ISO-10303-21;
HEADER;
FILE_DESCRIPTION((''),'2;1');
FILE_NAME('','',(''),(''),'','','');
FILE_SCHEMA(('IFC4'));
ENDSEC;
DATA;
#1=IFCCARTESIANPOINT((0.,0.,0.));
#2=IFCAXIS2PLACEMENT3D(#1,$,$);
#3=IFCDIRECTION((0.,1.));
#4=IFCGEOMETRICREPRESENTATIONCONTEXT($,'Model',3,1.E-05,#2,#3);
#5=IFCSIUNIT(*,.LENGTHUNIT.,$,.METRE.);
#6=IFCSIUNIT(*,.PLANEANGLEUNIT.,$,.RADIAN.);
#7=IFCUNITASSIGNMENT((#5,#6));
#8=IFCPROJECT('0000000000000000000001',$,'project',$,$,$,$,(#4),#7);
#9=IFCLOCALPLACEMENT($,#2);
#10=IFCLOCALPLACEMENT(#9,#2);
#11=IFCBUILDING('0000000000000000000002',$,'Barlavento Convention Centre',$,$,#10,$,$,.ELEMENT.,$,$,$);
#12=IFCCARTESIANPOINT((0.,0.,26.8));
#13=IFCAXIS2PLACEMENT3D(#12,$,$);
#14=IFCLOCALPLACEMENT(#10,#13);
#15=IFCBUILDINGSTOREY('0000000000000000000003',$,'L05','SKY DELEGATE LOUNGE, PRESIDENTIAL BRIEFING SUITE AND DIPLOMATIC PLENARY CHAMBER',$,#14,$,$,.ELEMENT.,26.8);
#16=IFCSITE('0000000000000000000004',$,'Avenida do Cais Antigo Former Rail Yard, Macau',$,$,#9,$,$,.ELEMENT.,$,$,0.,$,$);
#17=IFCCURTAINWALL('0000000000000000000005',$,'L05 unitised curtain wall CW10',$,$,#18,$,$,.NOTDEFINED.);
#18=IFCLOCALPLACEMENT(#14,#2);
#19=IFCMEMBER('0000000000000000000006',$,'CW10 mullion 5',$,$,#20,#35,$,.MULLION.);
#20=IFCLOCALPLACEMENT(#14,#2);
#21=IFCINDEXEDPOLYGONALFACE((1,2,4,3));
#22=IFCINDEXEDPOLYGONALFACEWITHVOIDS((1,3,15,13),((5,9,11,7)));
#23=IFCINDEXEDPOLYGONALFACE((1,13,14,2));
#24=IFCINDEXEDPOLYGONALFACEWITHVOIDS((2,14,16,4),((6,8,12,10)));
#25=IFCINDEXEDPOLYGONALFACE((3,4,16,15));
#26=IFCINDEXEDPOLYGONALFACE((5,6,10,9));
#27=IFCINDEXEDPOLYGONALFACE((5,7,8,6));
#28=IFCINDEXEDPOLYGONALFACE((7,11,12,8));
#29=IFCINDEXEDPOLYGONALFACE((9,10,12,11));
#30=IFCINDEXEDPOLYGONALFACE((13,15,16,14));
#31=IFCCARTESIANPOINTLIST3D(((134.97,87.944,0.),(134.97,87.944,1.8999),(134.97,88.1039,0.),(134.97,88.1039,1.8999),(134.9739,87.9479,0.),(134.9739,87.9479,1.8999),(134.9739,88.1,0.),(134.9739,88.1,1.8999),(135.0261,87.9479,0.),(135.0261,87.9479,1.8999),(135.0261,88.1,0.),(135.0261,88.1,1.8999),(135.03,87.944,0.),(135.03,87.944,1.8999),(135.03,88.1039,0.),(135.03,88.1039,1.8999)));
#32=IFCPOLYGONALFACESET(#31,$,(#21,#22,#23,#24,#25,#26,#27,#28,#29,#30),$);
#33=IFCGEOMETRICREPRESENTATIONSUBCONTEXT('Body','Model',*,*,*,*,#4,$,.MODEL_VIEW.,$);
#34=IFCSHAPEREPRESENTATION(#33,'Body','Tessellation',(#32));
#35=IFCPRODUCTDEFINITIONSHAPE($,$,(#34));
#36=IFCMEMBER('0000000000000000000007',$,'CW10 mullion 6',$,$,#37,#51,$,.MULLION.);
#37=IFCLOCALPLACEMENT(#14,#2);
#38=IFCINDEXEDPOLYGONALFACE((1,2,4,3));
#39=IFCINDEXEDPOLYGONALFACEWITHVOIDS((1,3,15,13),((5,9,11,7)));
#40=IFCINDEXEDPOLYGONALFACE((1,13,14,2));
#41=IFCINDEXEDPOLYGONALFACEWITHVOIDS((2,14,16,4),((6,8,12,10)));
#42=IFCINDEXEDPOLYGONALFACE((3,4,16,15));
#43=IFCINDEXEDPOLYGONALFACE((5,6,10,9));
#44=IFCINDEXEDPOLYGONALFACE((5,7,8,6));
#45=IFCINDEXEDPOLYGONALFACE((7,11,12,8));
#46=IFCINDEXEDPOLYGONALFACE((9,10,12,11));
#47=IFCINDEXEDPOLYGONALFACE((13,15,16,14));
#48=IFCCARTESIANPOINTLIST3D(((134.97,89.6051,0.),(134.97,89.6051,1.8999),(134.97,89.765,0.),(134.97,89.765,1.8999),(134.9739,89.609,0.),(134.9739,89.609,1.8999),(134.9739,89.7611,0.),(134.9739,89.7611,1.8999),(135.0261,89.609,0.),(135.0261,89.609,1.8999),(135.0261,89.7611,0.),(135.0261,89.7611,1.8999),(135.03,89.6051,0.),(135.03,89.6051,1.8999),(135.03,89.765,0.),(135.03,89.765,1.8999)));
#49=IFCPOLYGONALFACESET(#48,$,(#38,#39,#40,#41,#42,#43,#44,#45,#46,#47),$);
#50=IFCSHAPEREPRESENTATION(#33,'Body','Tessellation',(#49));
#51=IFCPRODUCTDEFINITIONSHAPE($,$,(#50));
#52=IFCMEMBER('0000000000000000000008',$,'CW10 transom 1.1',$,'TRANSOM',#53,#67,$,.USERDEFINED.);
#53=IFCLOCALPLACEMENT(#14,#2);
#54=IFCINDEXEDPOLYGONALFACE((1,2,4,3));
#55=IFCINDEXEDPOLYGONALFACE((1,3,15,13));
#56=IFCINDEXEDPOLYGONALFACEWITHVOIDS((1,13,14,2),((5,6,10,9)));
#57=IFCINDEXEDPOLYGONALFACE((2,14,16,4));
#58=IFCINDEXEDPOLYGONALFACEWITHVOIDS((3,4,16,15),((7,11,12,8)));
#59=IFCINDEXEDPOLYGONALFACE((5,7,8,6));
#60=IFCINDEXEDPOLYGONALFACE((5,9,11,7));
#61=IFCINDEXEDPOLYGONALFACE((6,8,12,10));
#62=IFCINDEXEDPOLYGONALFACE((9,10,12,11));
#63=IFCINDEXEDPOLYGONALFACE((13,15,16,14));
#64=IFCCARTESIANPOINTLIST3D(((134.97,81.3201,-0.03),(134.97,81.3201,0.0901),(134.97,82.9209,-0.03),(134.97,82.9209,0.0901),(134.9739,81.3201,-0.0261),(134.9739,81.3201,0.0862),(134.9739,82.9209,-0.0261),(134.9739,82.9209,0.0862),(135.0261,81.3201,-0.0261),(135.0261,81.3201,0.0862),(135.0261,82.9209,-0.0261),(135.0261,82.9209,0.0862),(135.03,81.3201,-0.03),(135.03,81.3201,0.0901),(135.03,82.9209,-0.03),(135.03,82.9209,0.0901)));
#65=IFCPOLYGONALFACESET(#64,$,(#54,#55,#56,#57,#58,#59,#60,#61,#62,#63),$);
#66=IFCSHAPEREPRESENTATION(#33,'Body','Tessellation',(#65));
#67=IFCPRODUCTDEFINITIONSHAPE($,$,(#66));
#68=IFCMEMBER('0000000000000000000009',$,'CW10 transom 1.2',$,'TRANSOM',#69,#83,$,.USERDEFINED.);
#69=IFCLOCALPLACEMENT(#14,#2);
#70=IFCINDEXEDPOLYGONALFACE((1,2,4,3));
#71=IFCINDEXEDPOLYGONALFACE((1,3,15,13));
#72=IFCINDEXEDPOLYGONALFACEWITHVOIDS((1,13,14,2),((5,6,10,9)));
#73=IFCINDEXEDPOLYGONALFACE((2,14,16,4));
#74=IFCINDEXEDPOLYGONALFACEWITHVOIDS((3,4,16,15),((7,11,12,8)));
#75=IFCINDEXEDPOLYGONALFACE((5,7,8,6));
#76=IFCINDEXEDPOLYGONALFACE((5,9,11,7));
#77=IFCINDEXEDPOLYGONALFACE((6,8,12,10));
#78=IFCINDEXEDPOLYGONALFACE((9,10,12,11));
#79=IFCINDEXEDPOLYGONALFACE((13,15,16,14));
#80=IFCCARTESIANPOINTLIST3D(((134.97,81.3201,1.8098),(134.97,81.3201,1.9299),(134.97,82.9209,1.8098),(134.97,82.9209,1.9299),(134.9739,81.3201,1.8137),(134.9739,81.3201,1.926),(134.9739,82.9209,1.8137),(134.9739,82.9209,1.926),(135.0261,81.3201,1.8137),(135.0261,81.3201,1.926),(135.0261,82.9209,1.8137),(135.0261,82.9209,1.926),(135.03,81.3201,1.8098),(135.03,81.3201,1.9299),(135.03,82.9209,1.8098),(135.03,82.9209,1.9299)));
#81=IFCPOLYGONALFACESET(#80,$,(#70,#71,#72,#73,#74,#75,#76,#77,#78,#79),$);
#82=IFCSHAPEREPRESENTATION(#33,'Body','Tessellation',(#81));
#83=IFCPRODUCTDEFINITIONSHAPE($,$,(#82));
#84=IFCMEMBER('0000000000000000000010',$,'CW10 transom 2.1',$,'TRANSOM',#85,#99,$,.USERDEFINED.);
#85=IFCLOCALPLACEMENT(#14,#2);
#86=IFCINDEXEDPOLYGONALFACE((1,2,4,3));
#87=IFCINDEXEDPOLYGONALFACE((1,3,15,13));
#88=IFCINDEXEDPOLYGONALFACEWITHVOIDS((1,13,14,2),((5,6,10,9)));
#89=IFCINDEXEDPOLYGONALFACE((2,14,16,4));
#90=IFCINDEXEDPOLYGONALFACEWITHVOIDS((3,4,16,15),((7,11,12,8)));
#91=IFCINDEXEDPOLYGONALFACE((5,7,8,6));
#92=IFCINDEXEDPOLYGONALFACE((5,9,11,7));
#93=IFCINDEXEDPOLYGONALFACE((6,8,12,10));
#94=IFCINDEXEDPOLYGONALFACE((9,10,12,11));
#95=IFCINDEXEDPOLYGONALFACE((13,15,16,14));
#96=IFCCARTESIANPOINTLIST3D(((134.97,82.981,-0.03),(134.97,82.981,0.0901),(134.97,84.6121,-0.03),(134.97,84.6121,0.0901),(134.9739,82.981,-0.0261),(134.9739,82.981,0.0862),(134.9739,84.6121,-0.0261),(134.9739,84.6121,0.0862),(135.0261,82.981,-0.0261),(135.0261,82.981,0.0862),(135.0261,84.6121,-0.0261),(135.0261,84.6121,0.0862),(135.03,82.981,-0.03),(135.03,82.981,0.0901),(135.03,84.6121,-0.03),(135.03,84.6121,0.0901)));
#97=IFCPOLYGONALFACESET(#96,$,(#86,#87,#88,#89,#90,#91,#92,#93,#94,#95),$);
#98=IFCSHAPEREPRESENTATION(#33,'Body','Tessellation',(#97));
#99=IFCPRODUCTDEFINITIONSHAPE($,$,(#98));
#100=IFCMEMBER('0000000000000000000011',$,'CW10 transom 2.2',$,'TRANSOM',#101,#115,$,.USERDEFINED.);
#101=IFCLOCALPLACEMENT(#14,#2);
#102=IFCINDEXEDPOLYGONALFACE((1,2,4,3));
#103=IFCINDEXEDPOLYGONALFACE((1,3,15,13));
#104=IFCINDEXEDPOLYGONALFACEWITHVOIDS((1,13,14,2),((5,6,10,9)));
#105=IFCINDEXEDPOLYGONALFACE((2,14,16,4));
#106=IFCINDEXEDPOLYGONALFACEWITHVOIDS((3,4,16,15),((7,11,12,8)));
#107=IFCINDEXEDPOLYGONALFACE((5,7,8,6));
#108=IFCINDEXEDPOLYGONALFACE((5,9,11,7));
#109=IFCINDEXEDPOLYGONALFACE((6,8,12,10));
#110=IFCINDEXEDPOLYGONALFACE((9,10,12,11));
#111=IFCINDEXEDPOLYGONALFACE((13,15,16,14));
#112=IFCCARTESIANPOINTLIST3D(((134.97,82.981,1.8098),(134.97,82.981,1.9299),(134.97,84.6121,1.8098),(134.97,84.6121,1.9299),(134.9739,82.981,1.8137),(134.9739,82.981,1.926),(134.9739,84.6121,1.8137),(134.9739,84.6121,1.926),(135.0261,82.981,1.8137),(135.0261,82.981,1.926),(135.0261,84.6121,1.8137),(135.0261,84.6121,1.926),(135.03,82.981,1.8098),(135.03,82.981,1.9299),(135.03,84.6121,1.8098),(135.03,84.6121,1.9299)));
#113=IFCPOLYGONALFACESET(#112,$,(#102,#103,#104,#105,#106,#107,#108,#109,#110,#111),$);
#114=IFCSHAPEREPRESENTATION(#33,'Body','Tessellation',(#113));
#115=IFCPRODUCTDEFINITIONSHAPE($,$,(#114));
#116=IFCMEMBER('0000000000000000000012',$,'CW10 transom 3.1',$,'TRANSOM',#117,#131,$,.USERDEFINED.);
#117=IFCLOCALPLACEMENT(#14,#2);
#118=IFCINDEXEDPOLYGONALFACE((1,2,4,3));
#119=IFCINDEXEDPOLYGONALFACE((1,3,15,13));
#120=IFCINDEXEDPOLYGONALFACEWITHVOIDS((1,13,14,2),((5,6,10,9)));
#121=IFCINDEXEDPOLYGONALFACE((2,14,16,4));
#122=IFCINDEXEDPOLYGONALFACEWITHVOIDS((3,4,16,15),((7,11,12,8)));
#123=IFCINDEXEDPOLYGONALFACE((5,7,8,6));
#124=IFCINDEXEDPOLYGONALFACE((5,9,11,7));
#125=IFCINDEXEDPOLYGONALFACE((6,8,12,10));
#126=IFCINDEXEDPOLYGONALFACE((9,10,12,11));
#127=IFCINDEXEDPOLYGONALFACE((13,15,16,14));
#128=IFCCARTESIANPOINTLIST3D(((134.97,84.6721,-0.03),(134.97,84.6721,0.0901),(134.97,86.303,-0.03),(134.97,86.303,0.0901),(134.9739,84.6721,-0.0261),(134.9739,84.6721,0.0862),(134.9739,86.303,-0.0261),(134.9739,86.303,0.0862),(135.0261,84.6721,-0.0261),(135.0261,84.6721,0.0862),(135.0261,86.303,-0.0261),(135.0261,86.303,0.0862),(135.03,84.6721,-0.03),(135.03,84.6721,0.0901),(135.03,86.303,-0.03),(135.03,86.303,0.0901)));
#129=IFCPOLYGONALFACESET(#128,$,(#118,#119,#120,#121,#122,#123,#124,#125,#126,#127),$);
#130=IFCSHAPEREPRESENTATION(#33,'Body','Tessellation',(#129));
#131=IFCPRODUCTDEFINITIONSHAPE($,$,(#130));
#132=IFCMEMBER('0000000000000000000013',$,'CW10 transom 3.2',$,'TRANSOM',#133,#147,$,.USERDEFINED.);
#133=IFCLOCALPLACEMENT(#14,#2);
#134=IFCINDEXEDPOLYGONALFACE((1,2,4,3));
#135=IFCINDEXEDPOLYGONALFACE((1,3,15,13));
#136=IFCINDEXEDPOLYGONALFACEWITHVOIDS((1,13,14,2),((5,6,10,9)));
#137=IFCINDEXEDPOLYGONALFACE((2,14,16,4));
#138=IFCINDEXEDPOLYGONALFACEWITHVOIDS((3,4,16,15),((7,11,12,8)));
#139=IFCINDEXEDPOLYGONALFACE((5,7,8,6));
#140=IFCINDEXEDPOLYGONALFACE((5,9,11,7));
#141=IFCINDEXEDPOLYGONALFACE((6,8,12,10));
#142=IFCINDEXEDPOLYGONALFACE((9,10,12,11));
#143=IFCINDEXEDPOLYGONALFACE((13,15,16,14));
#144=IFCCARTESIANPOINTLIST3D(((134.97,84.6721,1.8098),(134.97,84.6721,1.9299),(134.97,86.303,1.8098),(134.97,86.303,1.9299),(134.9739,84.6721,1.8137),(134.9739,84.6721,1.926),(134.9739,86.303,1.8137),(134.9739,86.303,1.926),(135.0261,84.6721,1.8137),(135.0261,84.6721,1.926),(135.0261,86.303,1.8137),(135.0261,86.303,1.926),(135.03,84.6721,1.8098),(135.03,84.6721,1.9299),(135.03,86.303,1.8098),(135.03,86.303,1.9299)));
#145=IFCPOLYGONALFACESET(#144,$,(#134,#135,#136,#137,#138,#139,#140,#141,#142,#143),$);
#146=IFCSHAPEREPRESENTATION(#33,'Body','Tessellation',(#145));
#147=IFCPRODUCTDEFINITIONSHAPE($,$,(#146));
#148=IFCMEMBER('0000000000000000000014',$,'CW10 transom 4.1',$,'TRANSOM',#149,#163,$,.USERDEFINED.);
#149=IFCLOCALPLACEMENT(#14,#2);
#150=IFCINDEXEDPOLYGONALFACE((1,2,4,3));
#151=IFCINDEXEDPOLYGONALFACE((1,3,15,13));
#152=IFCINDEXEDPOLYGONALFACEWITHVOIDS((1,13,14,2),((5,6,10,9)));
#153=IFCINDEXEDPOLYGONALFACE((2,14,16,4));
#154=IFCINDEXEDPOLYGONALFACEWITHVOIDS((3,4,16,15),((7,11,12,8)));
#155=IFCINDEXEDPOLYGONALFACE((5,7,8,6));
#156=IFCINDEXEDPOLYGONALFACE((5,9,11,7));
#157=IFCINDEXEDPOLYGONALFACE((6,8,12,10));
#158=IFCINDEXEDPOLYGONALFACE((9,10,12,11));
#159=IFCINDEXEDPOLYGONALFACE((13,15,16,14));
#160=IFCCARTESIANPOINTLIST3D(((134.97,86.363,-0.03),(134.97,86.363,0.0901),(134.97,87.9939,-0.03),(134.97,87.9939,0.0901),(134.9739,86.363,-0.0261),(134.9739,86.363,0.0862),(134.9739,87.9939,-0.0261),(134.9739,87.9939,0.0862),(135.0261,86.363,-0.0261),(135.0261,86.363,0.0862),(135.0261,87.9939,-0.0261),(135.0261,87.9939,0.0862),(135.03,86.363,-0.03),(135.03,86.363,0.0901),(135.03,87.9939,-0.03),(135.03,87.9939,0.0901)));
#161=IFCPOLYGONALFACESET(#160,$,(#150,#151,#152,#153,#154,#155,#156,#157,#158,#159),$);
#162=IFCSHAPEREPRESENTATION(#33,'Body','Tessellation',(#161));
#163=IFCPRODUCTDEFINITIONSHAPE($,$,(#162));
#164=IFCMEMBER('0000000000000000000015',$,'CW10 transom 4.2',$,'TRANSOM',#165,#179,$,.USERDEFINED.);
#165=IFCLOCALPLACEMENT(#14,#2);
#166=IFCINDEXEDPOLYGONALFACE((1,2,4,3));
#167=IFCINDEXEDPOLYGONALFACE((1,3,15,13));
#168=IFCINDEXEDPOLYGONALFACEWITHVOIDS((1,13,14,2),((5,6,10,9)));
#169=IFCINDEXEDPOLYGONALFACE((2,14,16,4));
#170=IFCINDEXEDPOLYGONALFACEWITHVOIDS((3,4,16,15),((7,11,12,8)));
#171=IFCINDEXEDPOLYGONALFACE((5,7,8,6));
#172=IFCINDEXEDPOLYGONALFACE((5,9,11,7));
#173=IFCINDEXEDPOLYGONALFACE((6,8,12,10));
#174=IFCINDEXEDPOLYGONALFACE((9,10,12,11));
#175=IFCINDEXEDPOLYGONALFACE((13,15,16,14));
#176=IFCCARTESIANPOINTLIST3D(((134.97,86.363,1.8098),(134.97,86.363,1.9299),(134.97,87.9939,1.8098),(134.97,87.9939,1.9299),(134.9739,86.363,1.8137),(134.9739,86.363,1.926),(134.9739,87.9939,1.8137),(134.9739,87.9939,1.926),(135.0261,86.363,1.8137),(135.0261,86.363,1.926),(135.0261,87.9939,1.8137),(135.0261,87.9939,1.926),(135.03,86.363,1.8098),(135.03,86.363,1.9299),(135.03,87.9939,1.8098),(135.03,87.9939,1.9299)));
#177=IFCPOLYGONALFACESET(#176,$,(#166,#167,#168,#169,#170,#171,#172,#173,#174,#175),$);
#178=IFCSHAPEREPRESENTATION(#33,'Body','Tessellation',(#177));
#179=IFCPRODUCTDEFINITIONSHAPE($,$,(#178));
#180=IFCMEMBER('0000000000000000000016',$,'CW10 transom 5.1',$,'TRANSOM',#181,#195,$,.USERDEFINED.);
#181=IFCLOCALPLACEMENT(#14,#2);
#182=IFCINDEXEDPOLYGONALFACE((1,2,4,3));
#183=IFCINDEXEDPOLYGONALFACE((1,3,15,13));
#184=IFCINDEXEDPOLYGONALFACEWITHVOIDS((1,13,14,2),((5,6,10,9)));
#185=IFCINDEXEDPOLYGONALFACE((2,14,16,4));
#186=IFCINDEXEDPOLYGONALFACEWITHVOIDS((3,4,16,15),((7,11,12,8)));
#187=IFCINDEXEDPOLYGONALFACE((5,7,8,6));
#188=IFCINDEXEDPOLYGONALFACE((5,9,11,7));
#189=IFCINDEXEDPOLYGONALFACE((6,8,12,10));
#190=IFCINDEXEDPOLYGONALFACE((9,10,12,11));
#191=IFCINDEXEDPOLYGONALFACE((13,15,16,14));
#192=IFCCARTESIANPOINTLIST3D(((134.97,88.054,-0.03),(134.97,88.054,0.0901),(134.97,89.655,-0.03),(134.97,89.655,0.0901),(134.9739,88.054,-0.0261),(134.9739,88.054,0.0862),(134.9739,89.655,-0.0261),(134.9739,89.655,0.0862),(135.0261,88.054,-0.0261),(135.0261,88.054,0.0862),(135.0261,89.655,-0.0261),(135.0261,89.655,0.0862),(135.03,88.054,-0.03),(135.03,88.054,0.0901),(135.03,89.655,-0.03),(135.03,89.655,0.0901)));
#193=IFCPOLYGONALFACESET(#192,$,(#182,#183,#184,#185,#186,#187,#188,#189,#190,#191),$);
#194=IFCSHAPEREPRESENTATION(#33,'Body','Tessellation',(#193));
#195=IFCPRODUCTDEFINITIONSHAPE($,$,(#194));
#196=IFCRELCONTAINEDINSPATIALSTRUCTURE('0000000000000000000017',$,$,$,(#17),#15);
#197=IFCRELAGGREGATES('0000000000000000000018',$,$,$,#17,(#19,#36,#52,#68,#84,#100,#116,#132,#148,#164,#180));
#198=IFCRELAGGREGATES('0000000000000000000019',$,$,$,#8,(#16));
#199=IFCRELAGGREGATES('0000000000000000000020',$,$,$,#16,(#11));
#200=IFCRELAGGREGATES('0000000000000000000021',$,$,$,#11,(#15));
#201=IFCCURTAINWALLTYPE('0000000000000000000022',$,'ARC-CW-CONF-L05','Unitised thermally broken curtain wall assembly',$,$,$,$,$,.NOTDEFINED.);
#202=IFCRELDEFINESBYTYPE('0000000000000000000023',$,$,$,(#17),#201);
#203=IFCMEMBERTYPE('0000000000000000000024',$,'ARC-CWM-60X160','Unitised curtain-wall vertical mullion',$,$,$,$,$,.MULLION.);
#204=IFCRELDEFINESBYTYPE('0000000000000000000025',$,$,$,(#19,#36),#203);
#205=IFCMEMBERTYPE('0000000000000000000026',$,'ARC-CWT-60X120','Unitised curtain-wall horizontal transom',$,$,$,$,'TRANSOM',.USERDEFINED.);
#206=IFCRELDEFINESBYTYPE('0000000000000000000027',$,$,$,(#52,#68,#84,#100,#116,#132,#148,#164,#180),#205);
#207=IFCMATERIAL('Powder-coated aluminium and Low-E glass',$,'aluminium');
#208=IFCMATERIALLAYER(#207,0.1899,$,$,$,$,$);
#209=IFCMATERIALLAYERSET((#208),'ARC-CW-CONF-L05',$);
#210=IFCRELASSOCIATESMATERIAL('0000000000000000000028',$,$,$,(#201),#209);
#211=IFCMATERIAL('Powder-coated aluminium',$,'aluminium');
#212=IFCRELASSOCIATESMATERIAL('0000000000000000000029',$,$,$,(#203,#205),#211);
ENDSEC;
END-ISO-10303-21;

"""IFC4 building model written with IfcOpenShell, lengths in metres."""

from ifc_helpers import new_model, si_unit, direction, frame, origin, origin_2d, place, context, subcontext, project, spatial, hollow_rectangle, extrude, material, layer, layer_set, material_profile, profile_set, type_object, element, aggregate, save


model = new_model("IFC4")

# Units and contexts
model_context = context("Model", 3, precision=1e-05, world=origin(), true_north=direction((0.0, 1.0)))
body_context = subcontext(model_context, "Body", "Model", "MODEL_VIEW")
ifc_project = project(units=[si_unit("LENGTHUNIT", "METRE"), si_unit("PLANEANGLEUNIT", "RADIAN")], contexts=[model_context])

# Site, building, storey
site_placement = place(None, origin())
site = spatial("IfcSite", under=ifc_project, at=site_placement, Name="Avenida do Cais Antigo Former Rail Yard, Macau", CompositionType="ELEMENT", RefElevation=0.0)
building_placement = place(site_placement, origin())
building = spatial("IfcBuilding", under=site, at=building_placement, Name="Barlavento Convention Centre", CompositionType="ELEMENT")
storey_placement = place(building_placement, frame((0.0, 0.0, 26.8)))
storey = spatial("IfcBuildingStorey", under=building, at=storey_placement, Name="L05", Description="SKY DELEGATE LOUNGE, PRESIDENTIAL BRIEFING SUITE AND DIPLOMATIC PLENARY CHAMBER", CompositionType="ELEMENT", Elevation=26.8)

# Curtain wall, members
ifc_material_1 = material(Name="Powder-coated aluminium and Low-E glass", Category="aluminium")
ifc_layer_1 = layer(ifc_material_1, 0.1899)
ifc_layer_set_1 = layer_set([ifc_layer_1], Name="ARC-CW-CONF-L05")
curtain_wall_type = type_object("IfcCurtainWallType", Name="ARC-CW-CONF-L05", Description="Unitised thermally broken curtain wall assembly", PredefinedType="NOTDEFINED", material=ifc_layer_set_1)
curtain_wall_placement = place(storey_placement, origin())
curtain_wall = element("IfcCurtainWall", 1, at=curtain_wall_placement, inside=storey, type_object=curtain_wall_type, Name="L05 unitised curtain wall CW10", PredefinedType="NOTDEFINED")
ifc_material_2 = material(Name="Powder-coated aluminium", Category="aluminium")
ifc_material_profile_1 = material_profile(ifc_material_2, hollow_rectangle(XDim=0.0601, YDim=0.1599, WallThickness=0.0039, at=origin_2d()), Name="AL-MULL 60x160x4")
ifc_profile_set_1 = profile_set([ifc_material_profile_1], Name="Powder-coated aluminium")
member_type_1 = type_object("IfcMemberType", Name="ARC-CWM-60X160", Description="Unitised curtain-wall vertical mullion", PredefinedType="MULLION", material=ifc_profile_set_1)
member_1_placement = place(storey_placement, frame((135.0, 88.0239, 0.0), z_axis=(0.0, 0.0, 1.0), x_axis=(-1.0, 0.0, 0.0)))
member_1 = element("IfcMember", 2, at=member_1_placement, type_object=member_type_1, Name="CW10 mullion 5", PredefinedType="MULLION", context=body_context, shape_type="SweptSolid", body=[
    extrude(hollow_rectangle(XDim=0.0601, YDim=0.1599, WallThickness=0.0039, at=origin_2d()), origin(), (0.0, 0.0, 1.0), 1.8999),
])
member_2_placement = place(storey_placement, frame((135.0, 89.6851, 0.0), z_axis=(0.0, 0.0, 1.0), x_axis=(-1.0, 0.0, 0.0)))
member_2 = element("IfcMember", 3, at=member_2_placement, type_object=member_type_1, Name="CW10 mullion 6", PredefinedType="MULLION", context=body_context, shape_type="SweptSolid", body=[
    extrude(hollow_rectangle(XDim=0.0601, YDim=0.1599, WallThickness=0.0039, at=origin_2d()), origin(), (0.0, 0.0, 1.0), 1.8999),
])
ifc_material_profile_2 = material_profile(ifc_material_2, hollow_rectangle(XDim=0.0601, YDim=0.1201, WallThickness=0.0039, at=origin_2d()), Name="AL-TRAN 60x120x4")
ifc_profile_set_2 = profile_set([ifc_material_profile_2], Name="Powder-coated aluminium")
member_type_2 = type_object("IfcMemberType", Name="ARC-CWT-60X120", Description="Unitised curtain-wall horizontal transom", ElementType="TRANSOM", PredefinedType="USERDEFINED", material=ifc_profile_set_2)
member_3_placement = place(storey_placement, frame((135.0, 81.3201, 0.03), z_axis=(0.0, 1.0, 0.0), x_axis=(-1.0, 0.0, 0.0)))
member_3 = element("IfcMember", 4, at=member_3_placement, type_object=member_type_2, Name="CW10 transom 1.1", ObjectType="TRANSOM", PredefinedType="USERDEFINED", context=body_context, shape_type="SweptSolid", body=[
    extrude(hollow_rectangle(XDim=0.0601, YDim=0.1201, WallThickness=0.0039, at=origin_2d()), origin(), (0.0, 0.0, 1.0), 1.6008),
])
member_4_placement = place(storey_placement, frame((135.0, 81.3201, 1.8699), z_axis=(0.0, 1.0, 0.0), x_axis=(-1.0, 0.0, 0.0)))
member_4 = element("IfcMember", 5, at=member_4_placement, type_object=member_type_2, Name="CW10 transom 1.2", ObjectType="TRANSOM", PredefinedType="USERDEFINED", context=body_context, shape_type="SweptSolid", body=[
    extrude(hollow_rectangle(XDim=0.0601, YDim=0.1201, WallThickness=0.0039, at=origin_2d()), origin(), (0.0, 0.0, 1.0), 1.6008),
])
member_5_placement = place(storey_placement, frame((135.0, 82.981, 0.03), z_axis=(0.0, 1.0, 0.0), x_axis=(-1.0, 0.0, 0.0)))
member_5 = element("IfcMember", 6, at=member_5_placement, type_object=member_type_2, Name="CW10 transom 2.1", ObjectType="TRANSOM", PredefinedType="USERDEFINED", context=body_context, shape_type="SweptSolid", body=[
    extrude(hollow_rectangle(XDim=0.0601, YDim=0.1201, WallThickness=0.0039, at=origin_2d()), origin(), (0.0, 0.0, 1.0), 1.6311),
])
member_6_placement = place(storey_placement, frame((135.0, 82.981, 1.8699), z_axis=(0.0, 1.0, 0.0), x_axis=(-1.0, 0.0, 0.0)))
member_6 = element("IfcMember", 7, at=member_6_placement, type_object=member_type_2, Name="CW10 transom 2.2", ObjectType="TRANSOM", PredefinedType="USERDEFINED", context=body_context, shape_type="SweptSolid", body=[
    extrude(hollow_rectangle(XDim=0.0601, YDim=0.1201, WallThickness=0.0039, at=origin_2d()), origin(), (0.0, 0.0, 1.0), 1.6311),
])
member_7_placement = place(storey_placement, frame((135.0, 84.6721, 0.03), z_axis=(0.0, 1.0, 0.0), x_axis=(-1.0, 0.0, 0.0)))
member_7 = element("IfcMember", 8, at=member_7_placement, type_object=member_type_2, Name="CW10 transom 3.1", ObjectType="TRANSOM", PredefinedType="USERDEFINED", context=body_context, shape_type="SweptSolid", body=[
    extrude(hollow_rectangle(XDim=0.0601, YDim=0.1201, WallThickness=0.0039, at=origin_2d()), origin(), (0.0, 0.0, 1.0), 1.6309),
])
member_8_placement = place(storey_placement, frame((135.0, 84.6721, 1.8699), z_axis=(0.0, 1.0, 0.0), x_axis=(-1.0, 0.0, 0.0)))
member_8 = element("IfcMember", 9, at=member_8_placement, type_object=member_type_2, Name="CW10 transom 3.2", ObjectType="TRANSOM", PredefinedType="USERDEFINED", context=body_context, shape_type="SweptSolid", body=[
    extrude(hollow_rectangle(XDim=0.0601, YDim=0.1201, WallThickness=0.0039, at=origin_2d()), origin(), (0.0, 0.0, 1.0), 1.6309),
])
member_9_placement = place(storey_placement, frame((135.0, 86.363, 0.03), z_axis=(0.0, 1.0, 0.0), x_axis=(-1.0, 0.0, 0.0)))
member_9 = element("IfcMember", 10, at=member_9_placement, type_object=member_type_2, Name="CW10 transom 4.1", ObjectType="TRANSOM", PredefinedType="USERDEFINED", context=body_context, shape_type="SweptSolid", body=[
    extrude(hollow_rectangle(XDim=0.0601, YDim=0.1201, WallThickness=0.0039, at=origin_2d()), origin(), (0.0, 0.0, 1.0), 1.6309),
])
member_10_placement = place(storey_placement, frame((135.0, 86.363, 1.8699), z_axis=(0.0, 1.0, 0.0), x_axis=(-1.0, 0.0, 0.0)))
member_10 = element("IfcMember", 11, at=member_10_placement, type_object=member_type_2, Name="CW10 transom 4.2", ObjectType="TRANSOM", PredefinedType="USERDEFINED", context=body_context, shape_type="SweptSolid", body=[
    extrude(hollow_rectangle(XDim=0.0601, YDim=0.1201, WallThickness=0.0039, at=origin_2d()), origin(), (0.0, 0.0, 1.0), 1.6309),
])
member_11_placement = place(storey_placement, frame((135.0, 88.054, 0.03), z_axis=(0.0, 1.0, 0.0), x_axis=(-1.0, 0.0, 0.0)))
member_11 = element("IfcMember", 12, at=member_11_placement, type_object=member_type_2, Name="CW10 transom 5.1", ObjectType="TRANSOM", PredefinedType="USERDEFINED", context=body_context, shape_type="SweptSolid", body=[
    extrude(hollow_rectangle(XDim=0.0601, YDim=0.1201, WallThickness=0.0039, at=origin_2d()), origin(), (0.0, 0.0, 1.0), 1.6011),
])
aggregate(curtain_wall, [member_1, member_2, member_3, member_4, member_5, member_6, member_7, member_8, member_9, member_10, member_11])

save(model, "model.ifc")
